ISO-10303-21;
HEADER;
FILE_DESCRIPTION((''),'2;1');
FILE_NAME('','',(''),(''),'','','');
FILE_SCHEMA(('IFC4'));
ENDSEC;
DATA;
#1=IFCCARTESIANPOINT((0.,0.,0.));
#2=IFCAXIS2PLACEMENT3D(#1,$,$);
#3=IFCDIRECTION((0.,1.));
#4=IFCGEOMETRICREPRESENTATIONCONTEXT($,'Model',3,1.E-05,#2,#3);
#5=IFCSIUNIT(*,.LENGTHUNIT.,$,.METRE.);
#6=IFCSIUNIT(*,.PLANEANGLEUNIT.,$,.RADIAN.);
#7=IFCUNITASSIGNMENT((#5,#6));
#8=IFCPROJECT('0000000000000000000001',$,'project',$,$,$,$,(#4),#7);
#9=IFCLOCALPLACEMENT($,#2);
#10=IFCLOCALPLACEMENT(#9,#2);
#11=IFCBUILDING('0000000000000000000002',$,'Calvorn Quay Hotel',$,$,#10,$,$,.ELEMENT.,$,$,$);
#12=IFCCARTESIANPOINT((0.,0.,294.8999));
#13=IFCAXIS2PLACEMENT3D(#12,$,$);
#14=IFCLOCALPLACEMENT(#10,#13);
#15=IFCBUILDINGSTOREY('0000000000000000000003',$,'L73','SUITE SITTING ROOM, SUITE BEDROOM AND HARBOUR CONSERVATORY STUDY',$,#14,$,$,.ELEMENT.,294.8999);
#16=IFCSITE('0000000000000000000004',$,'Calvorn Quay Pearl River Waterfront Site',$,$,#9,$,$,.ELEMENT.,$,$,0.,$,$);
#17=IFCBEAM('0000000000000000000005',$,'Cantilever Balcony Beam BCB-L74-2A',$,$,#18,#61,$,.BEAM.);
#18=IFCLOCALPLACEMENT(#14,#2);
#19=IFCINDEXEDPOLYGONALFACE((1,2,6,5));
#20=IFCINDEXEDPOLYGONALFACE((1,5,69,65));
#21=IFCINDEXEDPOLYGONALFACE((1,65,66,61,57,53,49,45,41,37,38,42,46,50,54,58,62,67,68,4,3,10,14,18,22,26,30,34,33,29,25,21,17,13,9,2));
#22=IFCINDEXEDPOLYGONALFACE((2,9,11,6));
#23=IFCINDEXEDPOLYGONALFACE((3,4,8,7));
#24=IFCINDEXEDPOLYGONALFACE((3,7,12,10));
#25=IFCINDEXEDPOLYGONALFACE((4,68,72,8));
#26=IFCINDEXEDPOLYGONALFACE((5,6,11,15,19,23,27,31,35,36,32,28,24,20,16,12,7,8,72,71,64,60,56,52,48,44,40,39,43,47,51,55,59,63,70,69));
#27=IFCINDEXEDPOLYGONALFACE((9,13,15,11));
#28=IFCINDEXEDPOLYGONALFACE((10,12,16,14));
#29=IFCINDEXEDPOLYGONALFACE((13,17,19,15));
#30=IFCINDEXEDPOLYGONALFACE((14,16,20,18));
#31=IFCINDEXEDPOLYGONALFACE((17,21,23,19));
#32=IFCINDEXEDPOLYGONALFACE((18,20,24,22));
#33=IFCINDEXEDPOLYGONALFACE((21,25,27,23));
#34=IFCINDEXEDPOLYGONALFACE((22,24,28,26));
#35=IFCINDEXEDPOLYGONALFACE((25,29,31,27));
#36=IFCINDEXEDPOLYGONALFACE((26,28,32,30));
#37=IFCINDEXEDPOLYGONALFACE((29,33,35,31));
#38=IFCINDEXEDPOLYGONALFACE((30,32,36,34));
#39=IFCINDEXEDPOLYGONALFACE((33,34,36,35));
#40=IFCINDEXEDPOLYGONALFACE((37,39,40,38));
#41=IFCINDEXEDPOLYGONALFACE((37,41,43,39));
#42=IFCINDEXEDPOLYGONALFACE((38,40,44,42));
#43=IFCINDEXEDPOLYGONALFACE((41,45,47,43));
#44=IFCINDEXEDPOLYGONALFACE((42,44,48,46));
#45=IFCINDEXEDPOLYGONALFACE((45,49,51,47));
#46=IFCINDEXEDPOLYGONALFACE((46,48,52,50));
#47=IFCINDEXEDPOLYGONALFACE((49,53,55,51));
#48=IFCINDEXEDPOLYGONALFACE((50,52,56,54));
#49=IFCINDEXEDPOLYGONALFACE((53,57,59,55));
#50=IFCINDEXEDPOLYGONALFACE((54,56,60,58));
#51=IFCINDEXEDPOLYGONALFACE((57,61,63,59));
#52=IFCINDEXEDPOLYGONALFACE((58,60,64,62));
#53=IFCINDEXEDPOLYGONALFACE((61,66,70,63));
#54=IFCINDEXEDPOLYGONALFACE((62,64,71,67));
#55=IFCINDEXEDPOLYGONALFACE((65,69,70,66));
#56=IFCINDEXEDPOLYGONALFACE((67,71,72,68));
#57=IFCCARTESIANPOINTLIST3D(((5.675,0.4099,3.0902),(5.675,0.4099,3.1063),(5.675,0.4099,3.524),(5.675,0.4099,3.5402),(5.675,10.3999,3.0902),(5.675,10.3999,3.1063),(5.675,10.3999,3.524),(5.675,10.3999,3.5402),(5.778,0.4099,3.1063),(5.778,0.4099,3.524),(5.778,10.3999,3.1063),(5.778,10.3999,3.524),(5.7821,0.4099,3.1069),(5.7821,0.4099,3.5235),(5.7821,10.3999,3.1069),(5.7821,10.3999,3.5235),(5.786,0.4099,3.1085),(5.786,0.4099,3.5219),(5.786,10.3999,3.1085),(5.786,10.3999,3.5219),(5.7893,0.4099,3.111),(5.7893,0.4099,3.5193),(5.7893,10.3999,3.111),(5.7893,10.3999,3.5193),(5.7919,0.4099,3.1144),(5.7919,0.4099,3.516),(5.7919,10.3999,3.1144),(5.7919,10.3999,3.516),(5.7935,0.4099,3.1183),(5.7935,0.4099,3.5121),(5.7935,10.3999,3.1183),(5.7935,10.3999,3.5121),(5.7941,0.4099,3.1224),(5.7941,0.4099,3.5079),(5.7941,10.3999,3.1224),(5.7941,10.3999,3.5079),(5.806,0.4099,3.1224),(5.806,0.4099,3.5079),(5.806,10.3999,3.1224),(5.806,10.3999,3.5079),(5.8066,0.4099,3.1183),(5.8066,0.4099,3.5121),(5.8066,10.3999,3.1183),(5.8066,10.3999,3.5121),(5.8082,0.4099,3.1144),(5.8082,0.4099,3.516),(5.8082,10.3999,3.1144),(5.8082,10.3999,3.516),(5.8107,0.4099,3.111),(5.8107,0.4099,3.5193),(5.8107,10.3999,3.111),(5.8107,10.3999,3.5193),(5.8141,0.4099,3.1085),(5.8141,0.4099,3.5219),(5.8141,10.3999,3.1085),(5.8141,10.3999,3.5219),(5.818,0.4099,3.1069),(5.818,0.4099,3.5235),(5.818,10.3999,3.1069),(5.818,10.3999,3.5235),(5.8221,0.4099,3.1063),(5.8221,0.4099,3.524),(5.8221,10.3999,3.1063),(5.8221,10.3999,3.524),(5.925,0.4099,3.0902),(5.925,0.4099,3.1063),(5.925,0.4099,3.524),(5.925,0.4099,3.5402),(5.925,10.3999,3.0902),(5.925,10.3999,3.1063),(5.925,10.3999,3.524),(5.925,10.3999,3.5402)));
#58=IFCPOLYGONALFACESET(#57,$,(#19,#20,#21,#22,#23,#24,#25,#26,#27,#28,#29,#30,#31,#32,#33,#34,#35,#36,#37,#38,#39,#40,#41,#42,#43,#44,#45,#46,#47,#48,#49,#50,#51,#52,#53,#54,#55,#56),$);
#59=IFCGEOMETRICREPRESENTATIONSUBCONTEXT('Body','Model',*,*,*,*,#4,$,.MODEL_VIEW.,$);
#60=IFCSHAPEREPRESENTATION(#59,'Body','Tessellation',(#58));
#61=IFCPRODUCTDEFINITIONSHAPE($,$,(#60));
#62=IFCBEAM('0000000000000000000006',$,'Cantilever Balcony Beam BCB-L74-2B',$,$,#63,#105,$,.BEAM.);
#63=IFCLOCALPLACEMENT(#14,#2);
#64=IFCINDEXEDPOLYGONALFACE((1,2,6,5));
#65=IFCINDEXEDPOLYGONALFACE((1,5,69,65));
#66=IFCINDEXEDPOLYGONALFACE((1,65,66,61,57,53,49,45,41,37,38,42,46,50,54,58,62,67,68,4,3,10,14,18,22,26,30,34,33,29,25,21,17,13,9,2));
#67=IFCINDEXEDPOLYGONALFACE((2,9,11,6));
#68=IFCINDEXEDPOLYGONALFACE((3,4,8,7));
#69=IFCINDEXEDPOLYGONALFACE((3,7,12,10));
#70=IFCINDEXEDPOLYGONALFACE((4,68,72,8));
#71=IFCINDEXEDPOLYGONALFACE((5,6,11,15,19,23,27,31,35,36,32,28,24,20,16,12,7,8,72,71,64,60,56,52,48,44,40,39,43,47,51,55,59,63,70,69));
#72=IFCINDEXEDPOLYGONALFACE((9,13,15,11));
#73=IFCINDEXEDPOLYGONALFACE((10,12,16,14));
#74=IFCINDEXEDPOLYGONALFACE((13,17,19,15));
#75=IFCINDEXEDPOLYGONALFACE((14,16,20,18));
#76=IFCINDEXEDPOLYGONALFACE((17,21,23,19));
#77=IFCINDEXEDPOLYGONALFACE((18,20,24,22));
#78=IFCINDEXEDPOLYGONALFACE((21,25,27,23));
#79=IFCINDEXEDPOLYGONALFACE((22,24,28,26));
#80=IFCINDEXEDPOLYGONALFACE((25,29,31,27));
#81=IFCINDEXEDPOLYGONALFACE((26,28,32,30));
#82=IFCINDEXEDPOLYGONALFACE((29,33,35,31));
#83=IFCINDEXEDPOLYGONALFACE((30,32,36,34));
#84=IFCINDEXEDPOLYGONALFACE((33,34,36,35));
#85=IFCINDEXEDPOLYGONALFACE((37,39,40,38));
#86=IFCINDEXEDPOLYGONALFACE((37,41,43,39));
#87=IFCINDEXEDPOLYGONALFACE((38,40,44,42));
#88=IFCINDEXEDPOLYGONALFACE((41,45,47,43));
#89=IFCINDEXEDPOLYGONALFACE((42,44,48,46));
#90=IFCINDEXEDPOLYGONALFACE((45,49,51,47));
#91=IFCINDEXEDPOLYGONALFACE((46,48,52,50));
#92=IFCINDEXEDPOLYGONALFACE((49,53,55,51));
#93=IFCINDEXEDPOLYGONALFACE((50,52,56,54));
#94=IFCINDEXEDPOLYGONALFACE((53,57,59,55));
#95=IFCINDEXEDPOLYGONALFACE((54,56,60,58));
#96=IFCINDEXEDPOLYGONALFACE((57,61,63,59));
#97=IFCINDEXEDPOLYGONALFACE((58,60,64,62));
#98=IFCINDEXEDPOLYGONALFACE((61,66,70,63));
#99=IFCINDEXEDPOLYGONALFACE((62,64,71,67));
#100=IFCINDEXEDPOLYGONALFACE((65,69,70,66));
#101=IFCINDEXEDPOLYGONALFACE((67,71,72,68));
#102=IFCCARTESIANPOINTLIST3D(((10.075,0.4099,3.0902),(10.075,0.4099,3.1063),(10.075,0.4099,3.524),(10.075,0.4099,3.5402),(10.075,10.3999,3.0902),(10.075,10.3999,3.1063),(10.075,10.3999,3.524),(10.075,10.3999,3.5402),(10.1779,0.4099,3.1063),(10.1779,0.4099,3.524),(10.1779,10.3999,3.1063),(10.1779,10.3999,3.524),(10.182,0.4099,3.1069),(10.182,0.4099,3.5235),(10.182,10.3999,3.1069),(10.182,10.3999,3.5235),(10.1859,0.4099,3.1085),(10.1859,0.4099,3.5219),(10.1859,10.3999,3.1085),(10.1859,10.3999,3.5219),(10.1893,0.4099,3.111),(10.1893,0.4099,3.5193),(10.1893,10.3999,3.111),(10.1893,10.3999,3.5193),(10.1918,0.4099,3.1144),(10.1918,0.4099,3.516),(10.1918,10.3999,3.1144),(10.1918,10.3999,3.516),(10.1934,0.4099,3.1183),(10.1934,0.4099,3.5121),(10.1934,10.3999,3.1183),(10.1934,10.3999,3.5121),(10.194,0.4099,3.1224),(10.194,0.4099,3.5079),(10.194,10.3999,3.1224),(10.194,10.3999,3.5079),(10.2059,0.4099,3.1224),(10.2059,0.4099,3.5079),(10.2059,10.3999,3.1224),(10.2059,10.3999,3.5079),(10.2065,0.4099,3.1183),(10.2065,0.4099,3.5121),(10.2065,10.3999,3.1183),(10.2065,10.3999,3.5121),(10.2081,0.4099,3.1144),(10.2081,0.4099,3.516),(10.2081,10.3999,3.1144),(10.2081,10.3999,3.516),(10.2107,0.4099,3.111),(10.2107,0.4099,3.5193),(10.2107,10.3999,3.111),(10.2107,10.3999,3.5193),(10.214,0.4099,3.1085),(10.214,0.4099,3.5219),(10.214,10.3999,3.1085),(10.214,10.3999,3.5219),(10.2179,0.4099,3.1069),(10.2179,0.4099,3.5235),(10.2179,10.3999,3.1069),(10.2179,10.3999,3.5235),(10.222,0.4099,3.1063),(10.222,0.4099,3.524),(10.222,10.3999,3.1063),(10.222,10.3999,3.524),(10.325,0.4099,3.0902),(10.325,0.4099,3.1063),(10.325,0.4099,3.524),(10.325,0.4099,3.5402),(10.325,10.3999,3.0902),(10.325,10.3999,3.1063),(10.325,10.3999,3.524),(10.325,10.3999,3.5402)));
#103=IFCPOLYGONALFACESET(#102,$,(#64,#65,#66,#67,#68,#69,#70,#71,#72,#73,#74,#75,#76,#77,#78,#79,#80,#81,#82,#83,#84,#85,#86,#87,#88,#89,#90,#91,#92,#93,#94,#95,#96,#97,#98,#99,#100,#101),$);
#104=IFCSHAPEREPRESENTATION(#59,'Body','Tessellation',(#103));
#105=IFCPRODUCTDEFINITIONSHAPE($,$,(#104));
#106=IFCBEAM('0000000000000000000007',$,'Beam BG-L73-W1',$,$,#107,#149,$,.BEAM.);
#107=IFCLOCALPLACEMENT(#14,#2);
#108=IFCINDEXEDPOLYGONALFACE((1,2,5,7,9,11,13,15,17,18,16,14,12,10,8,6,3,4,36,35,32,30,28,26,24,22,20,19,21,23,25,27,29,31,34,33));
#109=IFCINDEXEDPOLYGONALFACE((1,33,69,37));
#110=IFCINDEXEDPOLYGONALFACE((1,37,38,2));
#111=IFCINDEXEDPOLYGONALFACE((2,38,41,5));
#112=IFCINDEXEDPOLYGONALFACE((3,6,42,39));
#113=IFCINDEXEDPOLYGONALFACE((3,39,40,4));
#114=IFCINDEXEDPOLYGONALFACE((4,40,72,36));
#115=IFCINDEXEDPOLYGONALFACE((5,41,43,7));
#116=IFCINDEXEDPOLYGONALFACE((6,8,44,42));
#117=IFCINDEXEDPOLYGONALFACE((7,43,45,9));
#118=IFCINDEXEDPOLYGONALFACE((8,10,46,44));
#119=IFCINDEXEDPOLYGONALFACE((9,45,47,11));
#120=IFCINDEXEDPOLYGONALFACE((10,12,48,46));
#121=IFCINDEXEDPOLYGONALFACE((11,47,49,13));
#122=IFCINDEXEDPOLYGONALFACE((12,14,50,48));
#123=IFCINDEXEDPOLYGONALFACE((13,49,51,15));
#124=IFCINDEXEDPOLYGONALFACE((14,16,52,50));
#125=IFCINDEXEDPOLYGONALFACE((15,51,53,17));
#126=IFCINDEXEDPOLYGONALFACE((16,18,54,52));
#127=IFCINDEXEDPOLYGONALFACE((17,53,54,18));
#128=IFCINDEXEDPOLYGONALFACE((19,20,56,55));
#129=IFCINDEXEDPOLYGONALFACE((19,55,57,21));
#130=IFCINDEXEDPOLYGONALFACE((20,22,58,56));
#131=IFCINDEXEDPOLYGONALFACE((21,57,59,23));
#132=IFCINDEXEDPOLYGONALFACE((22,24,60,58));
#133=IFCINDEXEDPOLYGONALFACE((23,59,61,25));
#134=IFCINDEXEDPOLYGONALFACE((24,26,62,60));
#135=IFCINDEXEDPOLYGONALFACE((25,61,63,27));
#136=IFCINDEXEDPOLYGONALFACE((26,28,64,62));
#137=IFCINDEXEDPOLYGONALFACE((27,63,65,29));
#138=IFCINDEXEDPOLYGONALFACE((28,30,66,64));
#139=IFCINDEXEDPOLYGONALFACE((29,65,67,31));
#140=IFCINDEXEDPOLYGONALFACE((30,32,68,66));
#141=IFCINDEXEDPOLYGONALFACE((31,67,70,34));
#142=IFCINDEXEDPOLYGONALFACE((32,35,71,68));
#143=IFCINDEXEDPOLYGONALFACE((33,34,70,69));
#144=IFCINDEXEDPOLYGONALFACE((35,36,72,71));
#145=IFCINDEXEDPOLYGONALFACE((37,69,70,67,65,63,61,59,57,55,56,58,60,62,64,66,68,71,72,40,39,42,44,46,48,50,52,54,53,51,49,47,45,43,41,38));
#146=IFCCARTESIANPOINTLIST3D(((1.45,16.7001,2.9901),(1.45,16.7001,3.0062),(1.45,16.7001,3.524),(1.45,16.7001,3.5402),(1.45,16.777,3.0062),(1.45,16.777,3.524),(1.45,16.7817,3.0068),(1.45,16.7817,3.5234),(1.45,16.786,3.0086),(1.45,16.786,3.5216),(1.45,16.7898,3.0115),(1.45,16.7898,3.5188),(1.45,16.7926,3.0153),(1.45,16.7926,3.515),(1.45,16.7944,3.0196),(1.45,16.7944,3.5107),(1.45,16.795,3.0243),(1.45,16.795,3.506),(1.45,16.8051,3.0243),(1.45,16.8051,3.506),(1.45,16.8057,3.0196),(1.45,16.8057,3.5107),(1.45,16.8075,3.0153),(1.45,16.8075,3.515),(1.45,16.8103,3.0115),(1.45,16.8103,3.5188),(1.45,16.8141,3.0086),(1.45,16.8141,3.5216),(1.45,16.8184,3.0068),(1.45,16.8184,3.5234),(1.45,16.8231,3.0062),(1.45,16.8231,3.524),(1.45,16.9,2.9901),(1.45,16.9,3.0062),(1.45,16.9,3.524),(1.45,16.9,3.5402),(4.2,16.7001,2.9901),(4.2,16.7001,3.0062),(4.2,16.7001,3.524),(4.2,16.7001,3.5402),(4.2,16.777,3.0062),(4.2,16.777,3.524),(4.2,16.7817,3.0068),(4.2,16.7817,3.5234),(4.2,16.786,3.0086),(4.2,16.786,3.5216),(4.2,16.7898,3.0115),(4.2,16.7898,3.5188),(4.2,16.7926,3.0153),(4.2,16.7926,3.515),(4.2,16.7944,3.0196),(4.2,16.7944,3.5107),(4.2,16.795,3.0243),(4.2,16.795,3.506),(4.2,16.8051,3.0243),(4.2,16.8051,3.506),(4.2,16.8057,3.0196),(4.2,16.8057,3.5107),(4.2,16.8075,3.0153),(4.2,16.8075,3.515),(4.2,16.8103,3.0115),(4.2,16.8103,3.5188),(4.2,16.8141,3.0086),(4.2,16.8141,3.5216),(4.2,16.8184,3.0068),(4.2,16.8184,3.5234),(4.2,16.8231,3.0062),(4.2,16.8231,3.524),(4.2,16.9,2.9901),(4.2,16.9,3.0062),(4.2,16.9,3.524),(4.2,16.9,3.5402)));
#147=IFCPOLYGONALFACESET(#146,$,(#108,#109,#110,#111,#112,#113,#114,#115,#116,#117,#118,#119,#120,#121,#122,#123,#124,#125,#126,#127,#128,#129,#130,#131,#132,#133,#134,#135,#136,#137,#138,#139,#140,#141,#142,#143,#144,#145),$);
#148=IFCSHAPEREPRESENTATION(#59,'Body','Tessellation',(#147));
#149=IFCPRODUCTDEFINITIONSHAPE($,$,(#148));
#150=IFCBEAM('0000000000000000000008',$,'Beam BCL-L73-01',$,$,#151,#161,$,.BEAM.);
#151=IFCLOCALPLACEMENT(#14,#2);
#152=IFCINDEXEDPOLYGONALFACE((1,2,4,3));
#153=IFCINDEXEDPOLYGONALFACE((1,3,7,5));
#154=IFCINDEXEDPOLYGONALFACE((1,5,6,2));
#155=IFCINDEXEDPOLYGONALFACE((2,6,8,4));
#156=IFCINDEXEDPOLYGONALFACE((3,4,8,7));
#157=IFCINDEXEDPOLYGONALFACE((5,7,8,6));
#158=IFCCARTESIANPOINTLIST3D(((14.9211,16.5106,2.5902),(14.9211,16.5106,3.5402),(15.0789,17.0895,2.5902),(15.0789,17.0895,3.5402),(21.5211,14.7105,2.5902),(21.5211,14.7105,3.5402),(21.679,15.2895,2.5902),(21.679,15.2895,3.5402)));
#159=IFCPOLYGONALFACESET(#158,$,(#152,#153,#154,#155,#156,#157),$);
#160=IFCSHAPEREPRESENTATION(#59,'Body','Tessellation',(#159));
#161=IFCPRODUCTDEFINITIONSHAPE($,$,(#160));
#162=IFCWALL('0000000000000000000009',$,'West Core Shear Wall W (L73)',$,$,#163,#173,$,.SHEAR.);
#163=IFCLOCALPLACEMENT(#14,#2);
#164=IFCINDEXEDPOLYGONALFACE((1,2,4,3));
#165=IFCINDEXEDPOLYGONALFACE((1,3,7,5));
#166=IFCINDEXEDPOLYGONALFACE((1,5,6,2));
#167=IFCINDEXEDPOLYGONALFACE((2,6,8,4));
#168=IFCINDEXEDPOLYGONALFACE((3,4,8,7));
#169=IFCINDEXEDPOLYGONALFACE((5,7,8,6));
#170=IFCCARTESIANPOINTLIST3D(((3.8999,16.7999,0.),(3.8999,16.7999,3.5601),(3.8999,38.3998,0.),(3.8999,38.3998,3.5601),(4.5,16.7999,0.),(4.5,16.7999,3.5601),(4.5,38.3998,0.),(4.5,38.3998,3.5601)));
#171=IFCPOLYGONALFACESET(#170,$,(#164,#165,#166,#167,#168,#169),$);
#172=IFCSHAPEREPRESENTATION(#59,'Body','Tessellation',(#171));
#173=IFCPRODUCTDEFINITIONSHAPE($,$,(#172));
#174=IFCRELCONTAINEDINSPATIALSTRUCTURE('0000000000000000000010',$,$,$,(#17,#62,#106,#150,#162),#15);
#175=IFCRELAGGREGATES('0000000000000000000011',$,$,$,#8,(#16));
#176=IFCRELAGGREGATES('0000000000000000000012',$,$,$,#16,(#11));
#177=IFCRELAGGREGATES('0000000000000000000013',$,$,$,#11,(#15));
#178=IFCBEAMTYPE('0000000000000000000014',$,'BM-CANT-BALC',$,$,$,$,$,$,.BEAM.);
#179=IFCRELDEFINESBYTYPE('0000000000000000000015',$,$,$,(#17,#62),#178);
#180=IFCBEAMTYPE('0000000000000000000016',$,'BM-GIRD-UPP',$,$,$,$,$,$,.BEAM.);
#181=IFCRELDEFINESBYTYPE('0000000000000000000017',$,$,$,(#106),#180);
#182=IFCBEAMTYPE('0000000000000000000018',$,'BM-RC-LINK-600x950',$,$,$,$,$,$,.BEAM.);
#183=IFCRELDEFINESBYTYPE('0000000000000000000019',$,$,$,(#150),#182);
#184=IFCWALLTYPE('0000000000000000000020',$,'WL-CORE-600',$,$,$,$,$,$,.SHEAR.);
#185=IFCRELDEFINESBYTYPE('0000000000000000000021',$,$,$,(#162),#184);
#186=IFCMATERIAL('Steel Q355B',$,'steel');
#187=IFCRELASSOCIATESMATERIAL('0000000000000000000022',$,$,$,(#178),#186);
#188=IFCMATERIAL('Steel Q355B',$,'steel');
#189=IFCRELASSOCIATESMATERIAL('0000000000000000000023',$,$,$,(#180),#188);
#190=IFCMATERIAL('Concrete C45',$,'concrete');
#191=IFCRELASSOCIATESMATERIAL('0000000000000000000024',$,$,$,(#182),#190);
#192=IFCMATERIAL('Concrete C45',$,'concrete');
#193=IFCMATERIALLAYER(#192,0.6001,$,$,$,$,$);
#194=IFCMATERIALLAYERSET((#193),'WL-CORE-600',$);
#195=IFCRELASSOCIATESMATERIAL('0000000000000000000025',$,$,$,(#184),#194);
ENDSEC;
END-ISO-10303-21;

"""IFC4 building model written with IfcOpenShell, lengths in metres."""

from ifc_helpers import new_model, si_unit, direction, frame, frame_2d, origin, origin_2d, place, context, subcontext, project, spatial, rectangle, i_section, extrude, material, layer, layer_set, material_profile, profile_set, type_object, element, save


model = new_model("IFC4")

# Units and contexts
model_context = context("Model", 3, precision=1e-05, world=origin(), true_north=direction((0.0, 1.0)))
body_context = subcontext(model_context, "Body", "Model", "MODEL_VIEW")
ifc_project = project(units=[si_unit("LENGTHUNIT", "METRE"), si_unit("PLANEANGLEUNIT", "RADIAN")], contexts=[model_context])

# Site, building, storey
site_placement = place(None, origin())
site = spatial("IfcSite", under=ifc_project, at=site_placement, Name="Calvorn Quay Pearl River Waterfront Site", CompositionType="ELEMENT", RefElevation=0.0)
building_placement = place(site_placement, origin())
building = spatial("IfcBuilding", under=site, at=building_placement, Name="Calvorn Quay Hotel", CompositionType="ELEMENT")
storey_placement = place(building_placement, frame((0.0, 0.0, 294.8999)))
storey = spatial("IfcBuildingStorey", under=building, at=storey_placement, Name="L73", Description="SUITE SITTING ROOM, SUITE BEDROOM AND HARBOUR CONSERVATORY STUDY", CompositionType="ELEMENT", Elevation=294.8999)

# Beams
ifc_material_1 = material(Name="Steel Q355B", Category="steel")
ifc_material_profile_1 = material_profile(ifc_material_1, i_section(OverallWidth=0.25, OverallDepth=0.45, WebThickness=0.012, FlangeThickness=0.0161, FilletRadius=0.0161, at=origin_2d()), Name="HN450x250x12x16")
ifc_profile_set_1 = profile_set([ifc_material_profile_1], Name="Steel Q355B")
beam_type_1 = type_object("IfcBeamType", Name="BM-CANT-BALC", PredefinedType="BEAM", material=ifc_profile_set_1)
for number, where, z_axis, x_axis, name in (
    (1, (5.8, 10.3999, 3.3152), (0.0, -1.0, 0.0), (1.0, 0.0, 0.0), "Cantilever Balcony Beam BCB-L74-2A"),
    (2, (10.2, 10.3999, 3.3152), (0.0, -1.0, 0.0), (1.0, 0.0, 0.0), "Cantilever Balcony Beam BCB-L74-2B"),
):
    element("IfcBeam", number, at=place(storey_placement, frame(where, z_axis=z_axis, x_axis=x_axis)), inside=storey, type_object=beam_type_1, Name=name, PredefinedType="BEAM", context=body_context, shape_type="SweptSolid", body=[
        extrude(i_section(OverallWidth=0.25, OverallDepth=0.45, WebThickness=0.012, FlangeThickness=0.0161, FilletRadius=0.0161, at=origin_2d()), origin(), (0.0, 0.0, 1.0), 9.99),
    ])
ifc_material_2 = material(Name="Steel Q355B", Category="steel")
ifc_material_profile_2 = material_profile(ifc_material_2, i_section(OverallWidth=0.2, OverallDepth=0.55, WebThickness=0.01, FlangeThickness=0.0161, FilletRadius=0.0181, at=origin_2d()), Name="HN550x200x10x16")
ifc_profile_set_2 = profile_set([ifc_material_profile_2], Name="Steel Q355B")
beam_type_2 = type_object("IfcBeamType", Name="BM-GIRD-UPP", PredefinedType="BEAM", material=ifc_profile_set_2)
beam_1_placement = place(storey_placement, frame((1.45, 16.8, 3.2651), z_axis=(1.0, 0.0, 0.0), x_axis=(0.0, 1.0, 0.0)))
element("IfcBeam", 3, at=beam_1_placement, inside=storey, type_object=beam_type_2, Name="Beam BG-L73-W1", PredefinedType="BEAM", context=body_context, shape_type="SweptSolid", body=[
    extrude(i_section(OverallWidth=0.2, OverallDepth=0.55, WebThickness=0.01, FlangeThickness=0.0161, FilletRadius=0.0181, at=origin_2d()), origin(), (0.0, 0.0, 1.0), 2.75),
])
ifc_material_3 = material(Name="Concrete C45", Category="concrete")
ifc_material_profile_3 = material_profile(ifc_material_3, rectangle(XDim=0.6001, YDim=0.95, at=origin_2d()), Name="RCB600x950")
ifc_profile_set_3 = profile_set([ifc_material_profile_3], Name="Concrete C45")
beam_type_3 = type_object("IfcBeamType", Name="BM-RC-LINK-600x950", PredefinedType="BEAM", material=ifc_profile_set_3)
beam_2_placement = place(storey_placement, frame((15.0, 16.8, 3.0652), z_axis=(0.964763, -0.26312, 0.0), x_axis=(0.26312, 0.964763, 0.0)))
element("IfcBeam", 4, at=beam_2_placement, inside=storey, type_object=beam_type_3, Name="Beam BCL-L73-01", PredefinedType="BEAM", context=body_context, shape_type="SweptSolid", body=[
    extrude(rectangle(XDim=0.6001, YDim=0.95, at=origin_2d()), origin(), (0.0, 0.0, 1.0), 6.8411),
])

# Wall
ifc_material_4 = material(Name="Concrete C45", Category="concrete")
ifc_layer_1 = layer(ifc_material_4, 0.6001)
ifc_layer_set_1 = layer_set([ifc_layer_1], Name="WL-CORE-600")
wall_type_1 = type_object("IfcWallType", Name="WL-CORE-600", PredefinedType="SHEAR", material=ifc_layer_set_1)
wall_1_placement = place(storey_placement, frame((4.2, 16.8, 0.0), z_axis=(0.0, 0.0, 1.0), x_axis=(0.0, 1.0, 0.0)))
element("IfcWall", 5, at=wall_1_placement, inside=storey, type_object=wall_type_1, Name="West Core Shear Wall W (L73)", PredefinedType="SHEAR", context=body_context, shape_type="SweptSolid", body=[
    extrude(rectangle(XDim=21.5999, YDim=0.6001, at=frame_2d((10.7998, 0.0))), origin(), (0.0, 0.0, 1.0), 3.5601),
])

save(model, "model.ifc")
